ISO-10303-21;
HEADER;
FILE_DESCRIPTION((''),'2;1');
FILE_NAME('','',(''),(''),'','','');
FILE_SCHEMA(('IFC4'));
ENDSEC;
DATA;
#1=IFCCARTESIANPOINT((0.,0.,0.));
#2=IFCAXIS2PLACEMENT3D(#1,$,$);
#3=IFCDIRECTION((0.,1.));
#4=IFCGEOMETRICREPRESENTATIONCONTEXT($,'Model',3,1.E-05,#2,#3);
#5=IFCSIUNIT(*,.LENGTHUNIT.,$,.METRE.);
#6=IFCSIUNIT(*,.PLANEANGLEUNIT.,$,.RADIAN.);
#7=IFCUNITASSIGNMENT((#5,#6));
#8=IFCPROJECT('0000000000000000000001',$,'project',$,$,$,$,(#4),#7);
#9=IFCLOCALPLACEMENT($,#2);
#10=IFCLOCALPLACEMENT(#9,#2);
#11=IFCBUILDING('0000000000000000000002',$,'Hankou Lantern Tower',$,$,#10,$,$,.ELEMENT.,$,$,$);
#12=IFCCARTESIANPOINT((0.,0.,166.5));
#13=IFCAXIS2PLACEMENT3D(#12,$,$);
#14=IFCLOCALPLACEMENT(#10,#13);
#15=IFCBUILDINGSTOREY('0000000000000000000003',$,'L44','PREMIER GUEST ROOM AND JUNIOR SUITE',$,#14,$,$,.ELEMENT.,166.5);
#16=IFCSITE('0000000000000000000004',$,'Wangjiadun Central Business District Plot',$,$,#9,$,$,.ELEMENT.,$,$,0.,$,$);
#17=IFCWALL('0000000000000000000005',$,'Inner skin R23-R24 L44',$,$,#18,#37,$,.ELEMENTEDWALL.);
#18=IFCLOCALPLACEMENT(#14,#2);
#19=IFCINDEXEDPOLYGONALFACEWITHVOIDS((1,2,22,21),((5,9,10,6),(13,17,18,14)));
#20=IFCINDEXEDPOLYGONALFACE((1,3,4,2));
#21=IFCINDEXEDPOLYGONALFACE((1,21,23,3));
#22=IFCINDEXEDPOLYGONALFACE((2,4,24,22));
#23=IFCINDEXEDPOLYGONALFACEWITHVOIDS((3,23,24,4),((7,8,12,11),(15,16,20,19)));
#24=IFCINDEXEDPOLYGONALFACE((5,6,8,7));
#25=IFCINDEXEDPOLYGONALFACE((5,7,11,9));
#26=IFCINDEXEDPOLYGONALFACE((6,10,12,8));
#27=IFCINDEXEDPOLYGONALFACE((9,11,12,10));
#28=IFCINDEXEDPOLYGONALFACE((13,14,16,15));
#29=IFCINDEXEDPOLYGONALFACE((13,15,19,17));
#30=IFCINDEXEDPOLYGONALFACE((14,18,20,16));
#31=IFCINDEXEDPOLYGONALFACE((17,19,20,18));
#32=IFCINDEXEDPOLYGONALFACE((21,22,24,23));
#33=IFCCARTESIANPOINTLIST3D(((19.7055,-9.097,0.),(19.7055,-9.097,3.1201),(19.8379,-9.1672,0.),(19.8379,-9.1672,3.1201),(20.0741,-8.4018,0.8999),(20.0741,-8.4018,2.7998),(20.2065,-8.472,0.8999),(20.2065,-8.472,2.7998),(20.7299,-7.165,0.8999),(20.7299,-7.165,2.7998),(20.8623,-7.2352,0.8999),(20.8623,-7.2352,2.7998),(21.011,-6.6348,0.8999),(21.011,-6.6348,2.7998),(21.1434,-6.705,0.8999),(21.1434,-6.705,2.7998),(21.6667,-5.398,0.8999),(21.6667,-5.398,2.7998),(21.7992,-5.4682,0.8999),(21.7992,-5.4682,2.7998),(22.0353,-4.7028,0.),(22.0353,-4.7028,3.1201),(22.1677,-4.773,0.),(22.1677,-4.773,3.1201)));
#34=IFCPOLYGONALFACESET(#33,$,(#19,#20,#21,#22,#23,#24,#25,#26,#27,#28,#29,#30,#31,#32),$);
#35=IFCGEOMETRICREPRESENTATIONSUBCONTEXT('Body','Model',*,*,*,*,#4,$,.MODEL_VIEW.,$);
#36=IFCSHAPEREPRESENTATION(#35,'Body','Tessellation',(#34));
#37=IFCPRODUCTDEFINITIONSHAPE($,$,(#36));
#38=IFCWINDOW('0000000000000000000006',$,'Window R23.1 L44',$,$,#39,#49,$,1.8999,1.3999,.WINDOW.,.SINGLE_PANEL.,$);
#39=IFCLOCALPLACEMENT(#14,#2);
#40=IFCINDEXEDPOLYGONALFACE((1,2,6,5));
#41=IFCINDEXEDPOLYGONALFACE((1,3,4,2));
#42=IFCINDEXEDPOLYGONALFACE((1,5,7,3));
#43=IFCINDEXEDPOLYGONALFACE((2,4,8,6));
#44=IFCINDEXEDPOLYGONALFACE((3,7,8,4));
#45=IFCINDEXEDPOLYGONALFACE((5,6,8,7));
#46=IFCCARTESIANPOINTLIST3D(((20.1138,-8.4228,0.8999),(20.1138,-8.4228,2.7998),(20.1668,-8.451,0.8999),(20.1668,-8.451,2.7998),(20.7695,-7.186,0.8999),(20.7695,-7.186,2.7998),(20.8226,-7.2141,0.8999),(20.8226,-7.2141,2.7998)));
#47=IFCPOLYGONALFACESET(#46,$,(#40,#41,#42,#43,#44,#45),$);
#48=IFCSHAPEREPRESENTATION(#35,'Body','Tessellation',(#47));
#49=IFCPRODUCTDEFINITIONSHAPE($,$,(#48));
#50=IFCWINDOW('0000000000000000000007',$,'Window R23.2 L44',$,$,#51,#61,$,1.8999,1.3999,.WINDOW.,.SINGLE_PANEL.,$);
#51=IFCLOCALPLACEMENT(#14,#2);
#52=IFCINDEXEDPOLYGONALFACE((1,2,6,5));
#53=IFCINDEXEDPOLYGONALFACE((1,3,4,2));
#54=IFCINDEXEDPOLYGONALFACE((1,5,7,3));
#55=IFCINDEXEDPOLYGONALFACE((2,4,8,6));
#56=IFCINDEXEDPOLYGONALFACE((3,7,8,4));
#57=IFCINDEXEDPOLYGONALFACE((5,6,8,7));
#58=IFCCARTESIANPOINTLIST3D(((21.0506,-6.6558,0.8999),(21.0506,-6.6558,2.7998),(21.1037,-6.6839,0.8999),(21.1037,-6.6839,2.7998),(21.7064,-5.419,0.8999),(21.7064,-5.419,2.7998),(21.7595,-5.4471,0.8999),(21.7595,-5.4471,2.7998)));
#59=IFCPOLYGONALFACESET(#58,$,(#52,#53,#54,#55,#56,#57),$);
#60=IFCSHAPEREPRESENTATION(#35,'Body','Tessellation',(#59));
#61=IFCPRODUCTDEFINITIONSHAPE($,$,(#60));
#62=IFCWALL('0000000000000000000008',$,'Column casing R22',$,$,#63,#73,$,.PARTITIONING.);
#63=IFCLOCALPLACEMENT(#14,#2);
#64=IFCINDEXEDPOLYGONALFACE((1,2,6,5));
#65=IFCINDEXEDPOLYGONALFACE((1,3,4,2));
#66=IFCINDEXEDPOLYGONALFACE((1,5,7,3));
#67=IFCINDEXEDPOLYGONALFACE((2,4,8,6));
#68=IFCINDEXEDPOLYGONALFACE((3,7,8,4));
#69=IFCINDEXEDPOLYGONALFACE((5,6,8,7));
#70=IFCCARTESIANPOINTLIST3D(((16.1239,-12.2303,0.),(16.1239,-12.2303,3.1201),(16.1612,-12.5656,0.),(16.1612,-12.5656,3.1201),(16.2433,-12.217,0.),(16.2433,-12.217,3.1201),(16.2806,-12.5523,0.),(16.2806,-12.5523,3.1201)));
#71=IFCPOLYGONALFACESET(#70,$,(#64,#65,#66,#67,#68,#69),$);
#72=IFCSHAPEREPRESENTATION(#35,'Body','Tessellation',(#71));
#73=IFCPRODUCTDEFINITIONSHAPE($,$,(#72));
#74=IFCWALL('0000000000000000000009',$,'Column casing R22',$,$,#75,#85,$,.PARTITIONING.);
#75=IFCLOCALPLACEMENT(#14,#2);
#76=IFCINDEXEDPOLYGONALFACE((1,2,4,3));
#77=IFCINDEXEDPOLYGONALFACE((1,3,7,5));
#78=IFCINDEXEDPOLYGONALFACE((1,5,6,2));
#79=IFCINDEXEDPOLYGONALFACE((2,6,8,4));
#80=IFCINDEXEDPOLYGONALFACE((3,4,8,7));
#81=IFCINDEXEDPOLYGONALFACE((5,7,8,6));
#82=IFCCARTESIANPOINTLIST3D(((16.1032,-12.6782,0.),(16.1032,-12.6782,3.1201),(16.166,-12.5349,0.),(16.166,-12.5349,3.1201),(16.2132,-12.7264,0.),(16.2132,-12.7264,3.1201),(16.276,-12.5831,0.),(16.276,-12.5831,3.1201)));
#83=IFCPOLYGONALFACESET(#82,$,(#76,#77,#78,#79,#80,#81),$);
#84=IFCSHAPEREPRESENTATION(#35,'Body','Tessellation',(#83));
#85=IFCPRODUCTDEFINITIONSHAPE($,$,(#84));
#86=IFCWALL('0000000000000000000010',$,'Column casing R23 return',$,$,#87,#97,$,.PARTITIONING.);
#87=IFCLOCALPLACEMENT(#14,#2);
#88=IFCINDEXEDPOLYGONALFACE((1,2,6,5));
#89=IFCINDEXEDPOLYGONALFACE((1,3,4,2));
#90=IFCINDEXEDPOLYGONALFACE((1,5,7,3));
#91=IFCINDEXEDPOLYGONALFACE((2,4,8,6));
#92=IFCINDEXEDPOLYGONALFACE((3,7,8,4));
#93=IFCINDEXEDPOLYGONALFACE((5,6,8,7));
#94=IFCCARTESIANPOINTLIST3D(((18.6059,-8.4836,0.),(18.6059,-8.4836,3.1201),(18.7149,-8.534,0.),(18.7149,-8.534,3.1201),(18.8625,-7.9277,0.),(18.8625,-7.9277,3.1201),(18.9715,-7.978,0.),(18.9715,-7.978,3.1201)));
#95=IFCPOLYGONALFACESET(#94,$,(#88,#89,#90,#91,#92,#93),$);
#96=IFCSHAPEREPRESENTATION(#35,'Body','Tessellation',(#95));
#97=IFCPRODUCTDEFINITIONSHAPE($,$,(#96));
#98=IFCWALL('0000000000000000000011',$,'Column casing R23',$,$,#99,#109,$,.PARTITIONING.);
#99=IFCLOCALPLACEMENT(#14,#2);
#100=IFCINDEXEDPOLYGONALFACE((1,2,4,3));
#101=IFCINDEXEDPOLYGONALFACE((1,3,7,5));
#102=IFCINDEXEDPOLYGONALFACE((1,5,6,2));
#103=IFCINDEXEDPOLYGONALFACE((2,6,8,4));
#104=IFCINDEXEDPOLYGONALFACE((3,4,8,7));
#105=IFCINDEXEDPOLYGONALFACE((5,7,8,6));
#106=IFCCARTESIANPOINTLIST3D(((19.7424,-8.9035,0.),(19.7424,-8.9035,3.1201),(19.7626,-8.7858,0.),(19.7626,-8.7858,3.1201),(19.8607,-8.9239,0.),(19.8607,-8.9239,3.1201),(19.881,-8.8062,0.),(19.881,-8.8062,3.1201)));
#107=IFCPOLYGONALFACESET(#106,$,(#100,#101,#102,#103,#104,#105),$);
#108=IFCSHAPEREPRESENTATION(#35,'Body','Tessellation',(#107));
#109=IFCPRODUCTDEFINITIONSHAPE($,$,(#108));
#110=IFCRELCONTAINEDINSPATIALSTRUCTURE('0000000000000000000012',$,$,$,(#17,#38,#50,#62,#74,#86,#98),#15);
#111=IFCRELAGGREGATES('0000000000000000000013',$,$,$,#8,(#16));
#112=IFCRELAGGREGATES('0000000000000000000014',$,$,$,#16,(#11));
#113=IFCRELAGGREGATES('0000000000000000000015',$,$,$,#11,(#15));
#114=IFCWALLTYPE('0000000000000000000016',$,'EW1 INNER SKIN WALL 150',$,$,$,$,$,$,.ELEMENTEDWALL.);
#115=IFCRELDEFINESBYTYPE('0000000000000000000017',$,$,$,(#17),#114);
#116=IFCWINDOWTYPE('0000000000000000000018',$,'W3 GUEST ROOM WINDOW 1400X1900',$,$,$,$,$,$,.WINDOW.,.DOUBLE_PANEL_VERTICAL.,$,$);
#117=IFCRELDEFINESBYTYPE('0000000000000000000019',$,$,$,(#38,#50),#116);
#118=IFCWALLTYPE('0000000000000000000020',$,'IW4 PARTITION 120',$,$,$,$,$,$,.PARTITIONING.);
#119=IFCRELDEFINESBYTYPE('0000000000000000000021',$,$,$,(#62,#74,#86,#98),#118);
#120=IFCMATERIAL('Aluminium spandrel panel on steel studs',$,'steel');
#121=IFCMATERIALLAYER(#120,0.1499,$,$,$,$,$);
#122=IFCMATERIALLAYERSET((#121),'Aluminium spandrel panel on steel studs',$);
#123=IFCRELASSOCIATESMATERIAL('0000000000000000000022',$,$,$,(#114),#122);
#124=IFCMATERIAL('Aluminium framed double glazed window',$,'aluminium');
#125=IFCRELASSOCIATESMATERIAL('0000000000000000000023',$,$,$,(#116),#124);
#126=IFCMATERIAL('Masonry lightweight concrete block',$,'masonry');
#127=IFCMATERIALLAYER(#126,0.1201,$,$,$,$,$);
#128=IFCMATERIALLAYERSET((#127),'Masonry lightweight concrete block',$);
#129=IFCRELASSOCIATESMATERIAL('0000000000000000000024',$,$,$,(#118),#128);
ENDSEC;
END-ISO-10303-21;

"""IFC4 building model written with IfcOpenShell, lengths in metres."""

from ifc_helpers import new_model, si_unit, direction, frame, frame_2d, origin, place, context, subcontext, project, spatial, rectangle, extrude, material, layer, layer_set, type_object, element, fill, save


model = new_model("IFC4")

# Units and contexts
model_context = context("Model", 3, precision=1e-05, world=origin(), true_north=direction((0.0, 1.0)))
body_context = subcontext(model_context, "Body", "Model", "MODEL_VIEW")
ifc_project = project(units=[si_unit("LENGTHUNIT", "METRE"), si_unit("PLANEANGLEUNIT", "RADIAN")], contexts=[model_context])

# Site, building, storey
site_placement = place(None, origin())
site = spatial("IfcSite", under=ifc_project, at=site_placement, Name="Wangjiadun Central Business District Plot", CompositionType="ELEMENT", RefElevation=0.0)
building_placement = place(site_placement, origin())
building = spatial("IfcBuilding", under=site, at=building_placement, Name="Hankou Lantern Tower", CompositionType="ELEMENT")
storey_placement = place(building_placement, frame((0.0, 0.0, 166.5)))
storey = spatial("IfcBuildingStorey", under=building, at=storey_placement, Name="L44", Description="PREMIER GUEST ROOM AND JUNIOR SUITE", CompositionType="ELEMENT", Elevation=166.5)

# Wall, openings, windows
ifc_material_1 = material(Name="Aluminium spandrel panel on steel studs", Category="steel")
ifc_layer_1 = layer(ifc_material_1, 0.1499)
ifc_layer_set_1 = layer_set([ifc_layer_1], Name="Aluminium spandrel panel on steel studs")
wall_type_1 = type_object("IfcWallType", Name="EW1 INNER SKIN WALL 150", PredefinedType="ELEMENTEDWALL", material=ifc_layer_set_1)
wall_1_placement = place(storey_placement, frame((19.7717, -9.1321, 0.0), z_axis=(0.0, 0.0, 1.0), x_axis=(0.468429, 0.883501, 0.0)))
wall_1 = element("IfcWall", 1, at=wall_1_placement, inside=storey, type_object=wall_type_1, Name="Inner skin R23-R24 L44", PredefinedType="ELEMENTEDWALL", context=body_context, shape_type="SweptSolid", body=[
    extrude(rectangle(XDim=4.9736, YDim=0.1499, at=frame_2d((2.4868, 0.0))), origin(), (0.0, 0.0, 1.0), 3.1201),
])
opening_1_placement = place(wall_1_placement, frame((0.7869, 0.0, 0.8999)))
opening_1 = element("IfcOpeningElement", 2, at=opening_1_placement, cuts=wall_1, PredefinedType="OPENING", context=body_context, shape_type="SweptSolid", body=[
    extrude(rectangle(XDim=1.3999, YDim=1.8999, at=frame_2d((0.7, 0.95))), frame((0.0, 0.085, 0.0), z_axis=(0.0, -1.0, 0.0), x_axis=(1.0, 0.0, 0.0)), (0.0, 0.0, 1.0), 0.1699),
])
opening_2_placement = place(wall_1_placement, frame((2.7869, 0.0, 0.8999)))
opening_2 = element("IfcOpeningElement", 3, at=opening_2_placement, cuts=wall_1, PredefinedType="OPENING", context=body_context, shape_type="SweptSolid", body=[
    extrude(rectangle(XDim=1.3999, YDim=1.8999, at=frame_2d((0.7, 0.95))), frame((0.0, 0.085, 0.0), z_axis=(0.0, -1.0, 0.0), x_axis=(1.0, 0.0, 0.0)), (0.0, 0.0, 1.0), 0.1699),
])
ifc_material_2 = material(Name="Aluminium framed double glazed window", Category="aluminium")
window_type = type_object("IfcWindowType", Name="W3 GUEST ROOM WINDOW 1400X1900", PartitioningType="DOUBLE_PANEL_VERTICAL", PredefinedType="WINDOW", material=ifc_material_2)
window_1_placement = place(opening_1_placement, origin())
window_1 = element("IfcWindow", 4, at=window_1_placement, inside=storey, type_object=window_type, Name="Window R23.1 L44", OverallHeight=1.8999, OverallWidth=1.3999, PartitioningType="SINGLE_PANEL", PredefinedType="WINDOW", context=body_context, shape_type="SweptSolid", body=[
    extrude(rectangle(XDim=1.3999, YDim=1.8999, at=frame_2d((0.7, 0.95))), frame((0.0, 0.03, 0.0), z_axis=(0.0, -1.0, 0.0), x_axis=(1.0, 0.0, 0.0)), (0.0, 0.0, 1.0), 0.0601),
])
fill(opening_1, window_1)
window_2_placement = place(opening_2_placement, origin())
window_2 = element("IfcWindow", 5, at=window_2_placement, inside=storey, type_object=window_type, Name="Window R23.2 L44", OverallHeight=1.8999, OverallWidth=1.3999, PartitioningType="SINGLE_PANEL", PredefinedType="WINDOW", context=body_context, shape_type="SweptSolid", body=[
    extrude(rectangle(XDim=1.3999, YDim=1.8999, at=frame_2d((0.7, 0.95))), frame((0.0, 0.03, 0.0), z_axis=(0.0, -1.0, 0.0), x_axis=(1.0, 0.0, 0.0)), (0.0, 0.0, 1.0), 0.0601),
])
fill(opening_2, window_2)

# Walls
ifc_material_3 = material(Name="Masonry lightweight concrete block", Category="masonry")
ifc_layer_2 = layer(ifc_material_3, 0.1201)
ifc_layer_set_2 = layer_set([ifc_layer_2], Name="Masonry lightweight concrete block")
wall_type_2 = type_object("IfcWallType", Name="IW4 PARTITION 120", PredefinedType="PARTITIONING", material=ifc_layer_set_2)
wall_2_placement = place(storey_placement, frame((16.1836, -12.2236, 0.0), z_axis=(0.0, 0.0, 1.0), x_axis=(0.11067, -0.993857, 0.0)))
element("IfcWall", 6, at=wall_2_placement, inside=storey, type_object=wall_type_2, Name="Column casing R22", PredefinedType="PARTITIONING", context=body_context, shape_type="SweptSolid", body=[
    extrude(rectangle(XDim=0.3374, YDim=0.1201, at=frame_2d((0.1687, 0.0))), origin(), (0.0, 0.0, 1.0), 3.1201),
])
wall_3_placement = place(storey_placement, frame((16.2209, -12.5591, 0.0), z_axis=(0.0, 0.0, 1.0), x_axis=(-0.401064, -0.91605, 0.0)))
element("IfcWall", 7, at=wall_3_placement, inside=storey, type_object=wall_type_2, Name="Column casing R22", PredefinedType="PARTITIONING", context=body_context, shape_type="SweptSolid", body=[
    extrude(rectangle(XDim=0.1565, YDim=0.1201, at=frame_2d((0.0781, 0.0))), origin(), (0.0, 0.0, 1.0), 3.1201),
])
wall_4_placement = place(storey_placement, frame((18.6604, -8.5088, 0.0), z_axis=(0.0, 0.0, 1.0), x_axis=(0.419083, 0.907948, 0.0)))
element("IfcWall", 8, at=wall_4_placement, inside=storey, type_object=wall_type_2, Name="Column casing R23 return", PredefinedType="PARTITIONING", context=body_context, shape_type="SweptSolid", body=[
    extrude(rectangle(XDim=0.6123, YDim=0.1201, at=frame_2d((0.3062, 0.0))), origin(), (0.0, 0.0, 1.0), 3.1201),
])
wall_5_placement = place(storey_placement, frame((19.8218, -8.7961, 0.0), z_axis=(0.0, 0.0, 1.0), x_axis=(-0.169702, -0.985496, 0.0)))
element("IfcWall", 9, at=wall_5_placement, inside=storey, type_object=wall_type_2, Name="Column casing R23", PredefinedType="PARTITIONING", context=body_context, shape_type="SweptSolid", body=[
    extrude(rectangle(XDim=0.1194, YDim=0.1201, at=frame_2d((0.0596, 0.0))), origin(), (0.0, 0.0, 1.0), 3.1201),
])

save(model, "model.ifc")
